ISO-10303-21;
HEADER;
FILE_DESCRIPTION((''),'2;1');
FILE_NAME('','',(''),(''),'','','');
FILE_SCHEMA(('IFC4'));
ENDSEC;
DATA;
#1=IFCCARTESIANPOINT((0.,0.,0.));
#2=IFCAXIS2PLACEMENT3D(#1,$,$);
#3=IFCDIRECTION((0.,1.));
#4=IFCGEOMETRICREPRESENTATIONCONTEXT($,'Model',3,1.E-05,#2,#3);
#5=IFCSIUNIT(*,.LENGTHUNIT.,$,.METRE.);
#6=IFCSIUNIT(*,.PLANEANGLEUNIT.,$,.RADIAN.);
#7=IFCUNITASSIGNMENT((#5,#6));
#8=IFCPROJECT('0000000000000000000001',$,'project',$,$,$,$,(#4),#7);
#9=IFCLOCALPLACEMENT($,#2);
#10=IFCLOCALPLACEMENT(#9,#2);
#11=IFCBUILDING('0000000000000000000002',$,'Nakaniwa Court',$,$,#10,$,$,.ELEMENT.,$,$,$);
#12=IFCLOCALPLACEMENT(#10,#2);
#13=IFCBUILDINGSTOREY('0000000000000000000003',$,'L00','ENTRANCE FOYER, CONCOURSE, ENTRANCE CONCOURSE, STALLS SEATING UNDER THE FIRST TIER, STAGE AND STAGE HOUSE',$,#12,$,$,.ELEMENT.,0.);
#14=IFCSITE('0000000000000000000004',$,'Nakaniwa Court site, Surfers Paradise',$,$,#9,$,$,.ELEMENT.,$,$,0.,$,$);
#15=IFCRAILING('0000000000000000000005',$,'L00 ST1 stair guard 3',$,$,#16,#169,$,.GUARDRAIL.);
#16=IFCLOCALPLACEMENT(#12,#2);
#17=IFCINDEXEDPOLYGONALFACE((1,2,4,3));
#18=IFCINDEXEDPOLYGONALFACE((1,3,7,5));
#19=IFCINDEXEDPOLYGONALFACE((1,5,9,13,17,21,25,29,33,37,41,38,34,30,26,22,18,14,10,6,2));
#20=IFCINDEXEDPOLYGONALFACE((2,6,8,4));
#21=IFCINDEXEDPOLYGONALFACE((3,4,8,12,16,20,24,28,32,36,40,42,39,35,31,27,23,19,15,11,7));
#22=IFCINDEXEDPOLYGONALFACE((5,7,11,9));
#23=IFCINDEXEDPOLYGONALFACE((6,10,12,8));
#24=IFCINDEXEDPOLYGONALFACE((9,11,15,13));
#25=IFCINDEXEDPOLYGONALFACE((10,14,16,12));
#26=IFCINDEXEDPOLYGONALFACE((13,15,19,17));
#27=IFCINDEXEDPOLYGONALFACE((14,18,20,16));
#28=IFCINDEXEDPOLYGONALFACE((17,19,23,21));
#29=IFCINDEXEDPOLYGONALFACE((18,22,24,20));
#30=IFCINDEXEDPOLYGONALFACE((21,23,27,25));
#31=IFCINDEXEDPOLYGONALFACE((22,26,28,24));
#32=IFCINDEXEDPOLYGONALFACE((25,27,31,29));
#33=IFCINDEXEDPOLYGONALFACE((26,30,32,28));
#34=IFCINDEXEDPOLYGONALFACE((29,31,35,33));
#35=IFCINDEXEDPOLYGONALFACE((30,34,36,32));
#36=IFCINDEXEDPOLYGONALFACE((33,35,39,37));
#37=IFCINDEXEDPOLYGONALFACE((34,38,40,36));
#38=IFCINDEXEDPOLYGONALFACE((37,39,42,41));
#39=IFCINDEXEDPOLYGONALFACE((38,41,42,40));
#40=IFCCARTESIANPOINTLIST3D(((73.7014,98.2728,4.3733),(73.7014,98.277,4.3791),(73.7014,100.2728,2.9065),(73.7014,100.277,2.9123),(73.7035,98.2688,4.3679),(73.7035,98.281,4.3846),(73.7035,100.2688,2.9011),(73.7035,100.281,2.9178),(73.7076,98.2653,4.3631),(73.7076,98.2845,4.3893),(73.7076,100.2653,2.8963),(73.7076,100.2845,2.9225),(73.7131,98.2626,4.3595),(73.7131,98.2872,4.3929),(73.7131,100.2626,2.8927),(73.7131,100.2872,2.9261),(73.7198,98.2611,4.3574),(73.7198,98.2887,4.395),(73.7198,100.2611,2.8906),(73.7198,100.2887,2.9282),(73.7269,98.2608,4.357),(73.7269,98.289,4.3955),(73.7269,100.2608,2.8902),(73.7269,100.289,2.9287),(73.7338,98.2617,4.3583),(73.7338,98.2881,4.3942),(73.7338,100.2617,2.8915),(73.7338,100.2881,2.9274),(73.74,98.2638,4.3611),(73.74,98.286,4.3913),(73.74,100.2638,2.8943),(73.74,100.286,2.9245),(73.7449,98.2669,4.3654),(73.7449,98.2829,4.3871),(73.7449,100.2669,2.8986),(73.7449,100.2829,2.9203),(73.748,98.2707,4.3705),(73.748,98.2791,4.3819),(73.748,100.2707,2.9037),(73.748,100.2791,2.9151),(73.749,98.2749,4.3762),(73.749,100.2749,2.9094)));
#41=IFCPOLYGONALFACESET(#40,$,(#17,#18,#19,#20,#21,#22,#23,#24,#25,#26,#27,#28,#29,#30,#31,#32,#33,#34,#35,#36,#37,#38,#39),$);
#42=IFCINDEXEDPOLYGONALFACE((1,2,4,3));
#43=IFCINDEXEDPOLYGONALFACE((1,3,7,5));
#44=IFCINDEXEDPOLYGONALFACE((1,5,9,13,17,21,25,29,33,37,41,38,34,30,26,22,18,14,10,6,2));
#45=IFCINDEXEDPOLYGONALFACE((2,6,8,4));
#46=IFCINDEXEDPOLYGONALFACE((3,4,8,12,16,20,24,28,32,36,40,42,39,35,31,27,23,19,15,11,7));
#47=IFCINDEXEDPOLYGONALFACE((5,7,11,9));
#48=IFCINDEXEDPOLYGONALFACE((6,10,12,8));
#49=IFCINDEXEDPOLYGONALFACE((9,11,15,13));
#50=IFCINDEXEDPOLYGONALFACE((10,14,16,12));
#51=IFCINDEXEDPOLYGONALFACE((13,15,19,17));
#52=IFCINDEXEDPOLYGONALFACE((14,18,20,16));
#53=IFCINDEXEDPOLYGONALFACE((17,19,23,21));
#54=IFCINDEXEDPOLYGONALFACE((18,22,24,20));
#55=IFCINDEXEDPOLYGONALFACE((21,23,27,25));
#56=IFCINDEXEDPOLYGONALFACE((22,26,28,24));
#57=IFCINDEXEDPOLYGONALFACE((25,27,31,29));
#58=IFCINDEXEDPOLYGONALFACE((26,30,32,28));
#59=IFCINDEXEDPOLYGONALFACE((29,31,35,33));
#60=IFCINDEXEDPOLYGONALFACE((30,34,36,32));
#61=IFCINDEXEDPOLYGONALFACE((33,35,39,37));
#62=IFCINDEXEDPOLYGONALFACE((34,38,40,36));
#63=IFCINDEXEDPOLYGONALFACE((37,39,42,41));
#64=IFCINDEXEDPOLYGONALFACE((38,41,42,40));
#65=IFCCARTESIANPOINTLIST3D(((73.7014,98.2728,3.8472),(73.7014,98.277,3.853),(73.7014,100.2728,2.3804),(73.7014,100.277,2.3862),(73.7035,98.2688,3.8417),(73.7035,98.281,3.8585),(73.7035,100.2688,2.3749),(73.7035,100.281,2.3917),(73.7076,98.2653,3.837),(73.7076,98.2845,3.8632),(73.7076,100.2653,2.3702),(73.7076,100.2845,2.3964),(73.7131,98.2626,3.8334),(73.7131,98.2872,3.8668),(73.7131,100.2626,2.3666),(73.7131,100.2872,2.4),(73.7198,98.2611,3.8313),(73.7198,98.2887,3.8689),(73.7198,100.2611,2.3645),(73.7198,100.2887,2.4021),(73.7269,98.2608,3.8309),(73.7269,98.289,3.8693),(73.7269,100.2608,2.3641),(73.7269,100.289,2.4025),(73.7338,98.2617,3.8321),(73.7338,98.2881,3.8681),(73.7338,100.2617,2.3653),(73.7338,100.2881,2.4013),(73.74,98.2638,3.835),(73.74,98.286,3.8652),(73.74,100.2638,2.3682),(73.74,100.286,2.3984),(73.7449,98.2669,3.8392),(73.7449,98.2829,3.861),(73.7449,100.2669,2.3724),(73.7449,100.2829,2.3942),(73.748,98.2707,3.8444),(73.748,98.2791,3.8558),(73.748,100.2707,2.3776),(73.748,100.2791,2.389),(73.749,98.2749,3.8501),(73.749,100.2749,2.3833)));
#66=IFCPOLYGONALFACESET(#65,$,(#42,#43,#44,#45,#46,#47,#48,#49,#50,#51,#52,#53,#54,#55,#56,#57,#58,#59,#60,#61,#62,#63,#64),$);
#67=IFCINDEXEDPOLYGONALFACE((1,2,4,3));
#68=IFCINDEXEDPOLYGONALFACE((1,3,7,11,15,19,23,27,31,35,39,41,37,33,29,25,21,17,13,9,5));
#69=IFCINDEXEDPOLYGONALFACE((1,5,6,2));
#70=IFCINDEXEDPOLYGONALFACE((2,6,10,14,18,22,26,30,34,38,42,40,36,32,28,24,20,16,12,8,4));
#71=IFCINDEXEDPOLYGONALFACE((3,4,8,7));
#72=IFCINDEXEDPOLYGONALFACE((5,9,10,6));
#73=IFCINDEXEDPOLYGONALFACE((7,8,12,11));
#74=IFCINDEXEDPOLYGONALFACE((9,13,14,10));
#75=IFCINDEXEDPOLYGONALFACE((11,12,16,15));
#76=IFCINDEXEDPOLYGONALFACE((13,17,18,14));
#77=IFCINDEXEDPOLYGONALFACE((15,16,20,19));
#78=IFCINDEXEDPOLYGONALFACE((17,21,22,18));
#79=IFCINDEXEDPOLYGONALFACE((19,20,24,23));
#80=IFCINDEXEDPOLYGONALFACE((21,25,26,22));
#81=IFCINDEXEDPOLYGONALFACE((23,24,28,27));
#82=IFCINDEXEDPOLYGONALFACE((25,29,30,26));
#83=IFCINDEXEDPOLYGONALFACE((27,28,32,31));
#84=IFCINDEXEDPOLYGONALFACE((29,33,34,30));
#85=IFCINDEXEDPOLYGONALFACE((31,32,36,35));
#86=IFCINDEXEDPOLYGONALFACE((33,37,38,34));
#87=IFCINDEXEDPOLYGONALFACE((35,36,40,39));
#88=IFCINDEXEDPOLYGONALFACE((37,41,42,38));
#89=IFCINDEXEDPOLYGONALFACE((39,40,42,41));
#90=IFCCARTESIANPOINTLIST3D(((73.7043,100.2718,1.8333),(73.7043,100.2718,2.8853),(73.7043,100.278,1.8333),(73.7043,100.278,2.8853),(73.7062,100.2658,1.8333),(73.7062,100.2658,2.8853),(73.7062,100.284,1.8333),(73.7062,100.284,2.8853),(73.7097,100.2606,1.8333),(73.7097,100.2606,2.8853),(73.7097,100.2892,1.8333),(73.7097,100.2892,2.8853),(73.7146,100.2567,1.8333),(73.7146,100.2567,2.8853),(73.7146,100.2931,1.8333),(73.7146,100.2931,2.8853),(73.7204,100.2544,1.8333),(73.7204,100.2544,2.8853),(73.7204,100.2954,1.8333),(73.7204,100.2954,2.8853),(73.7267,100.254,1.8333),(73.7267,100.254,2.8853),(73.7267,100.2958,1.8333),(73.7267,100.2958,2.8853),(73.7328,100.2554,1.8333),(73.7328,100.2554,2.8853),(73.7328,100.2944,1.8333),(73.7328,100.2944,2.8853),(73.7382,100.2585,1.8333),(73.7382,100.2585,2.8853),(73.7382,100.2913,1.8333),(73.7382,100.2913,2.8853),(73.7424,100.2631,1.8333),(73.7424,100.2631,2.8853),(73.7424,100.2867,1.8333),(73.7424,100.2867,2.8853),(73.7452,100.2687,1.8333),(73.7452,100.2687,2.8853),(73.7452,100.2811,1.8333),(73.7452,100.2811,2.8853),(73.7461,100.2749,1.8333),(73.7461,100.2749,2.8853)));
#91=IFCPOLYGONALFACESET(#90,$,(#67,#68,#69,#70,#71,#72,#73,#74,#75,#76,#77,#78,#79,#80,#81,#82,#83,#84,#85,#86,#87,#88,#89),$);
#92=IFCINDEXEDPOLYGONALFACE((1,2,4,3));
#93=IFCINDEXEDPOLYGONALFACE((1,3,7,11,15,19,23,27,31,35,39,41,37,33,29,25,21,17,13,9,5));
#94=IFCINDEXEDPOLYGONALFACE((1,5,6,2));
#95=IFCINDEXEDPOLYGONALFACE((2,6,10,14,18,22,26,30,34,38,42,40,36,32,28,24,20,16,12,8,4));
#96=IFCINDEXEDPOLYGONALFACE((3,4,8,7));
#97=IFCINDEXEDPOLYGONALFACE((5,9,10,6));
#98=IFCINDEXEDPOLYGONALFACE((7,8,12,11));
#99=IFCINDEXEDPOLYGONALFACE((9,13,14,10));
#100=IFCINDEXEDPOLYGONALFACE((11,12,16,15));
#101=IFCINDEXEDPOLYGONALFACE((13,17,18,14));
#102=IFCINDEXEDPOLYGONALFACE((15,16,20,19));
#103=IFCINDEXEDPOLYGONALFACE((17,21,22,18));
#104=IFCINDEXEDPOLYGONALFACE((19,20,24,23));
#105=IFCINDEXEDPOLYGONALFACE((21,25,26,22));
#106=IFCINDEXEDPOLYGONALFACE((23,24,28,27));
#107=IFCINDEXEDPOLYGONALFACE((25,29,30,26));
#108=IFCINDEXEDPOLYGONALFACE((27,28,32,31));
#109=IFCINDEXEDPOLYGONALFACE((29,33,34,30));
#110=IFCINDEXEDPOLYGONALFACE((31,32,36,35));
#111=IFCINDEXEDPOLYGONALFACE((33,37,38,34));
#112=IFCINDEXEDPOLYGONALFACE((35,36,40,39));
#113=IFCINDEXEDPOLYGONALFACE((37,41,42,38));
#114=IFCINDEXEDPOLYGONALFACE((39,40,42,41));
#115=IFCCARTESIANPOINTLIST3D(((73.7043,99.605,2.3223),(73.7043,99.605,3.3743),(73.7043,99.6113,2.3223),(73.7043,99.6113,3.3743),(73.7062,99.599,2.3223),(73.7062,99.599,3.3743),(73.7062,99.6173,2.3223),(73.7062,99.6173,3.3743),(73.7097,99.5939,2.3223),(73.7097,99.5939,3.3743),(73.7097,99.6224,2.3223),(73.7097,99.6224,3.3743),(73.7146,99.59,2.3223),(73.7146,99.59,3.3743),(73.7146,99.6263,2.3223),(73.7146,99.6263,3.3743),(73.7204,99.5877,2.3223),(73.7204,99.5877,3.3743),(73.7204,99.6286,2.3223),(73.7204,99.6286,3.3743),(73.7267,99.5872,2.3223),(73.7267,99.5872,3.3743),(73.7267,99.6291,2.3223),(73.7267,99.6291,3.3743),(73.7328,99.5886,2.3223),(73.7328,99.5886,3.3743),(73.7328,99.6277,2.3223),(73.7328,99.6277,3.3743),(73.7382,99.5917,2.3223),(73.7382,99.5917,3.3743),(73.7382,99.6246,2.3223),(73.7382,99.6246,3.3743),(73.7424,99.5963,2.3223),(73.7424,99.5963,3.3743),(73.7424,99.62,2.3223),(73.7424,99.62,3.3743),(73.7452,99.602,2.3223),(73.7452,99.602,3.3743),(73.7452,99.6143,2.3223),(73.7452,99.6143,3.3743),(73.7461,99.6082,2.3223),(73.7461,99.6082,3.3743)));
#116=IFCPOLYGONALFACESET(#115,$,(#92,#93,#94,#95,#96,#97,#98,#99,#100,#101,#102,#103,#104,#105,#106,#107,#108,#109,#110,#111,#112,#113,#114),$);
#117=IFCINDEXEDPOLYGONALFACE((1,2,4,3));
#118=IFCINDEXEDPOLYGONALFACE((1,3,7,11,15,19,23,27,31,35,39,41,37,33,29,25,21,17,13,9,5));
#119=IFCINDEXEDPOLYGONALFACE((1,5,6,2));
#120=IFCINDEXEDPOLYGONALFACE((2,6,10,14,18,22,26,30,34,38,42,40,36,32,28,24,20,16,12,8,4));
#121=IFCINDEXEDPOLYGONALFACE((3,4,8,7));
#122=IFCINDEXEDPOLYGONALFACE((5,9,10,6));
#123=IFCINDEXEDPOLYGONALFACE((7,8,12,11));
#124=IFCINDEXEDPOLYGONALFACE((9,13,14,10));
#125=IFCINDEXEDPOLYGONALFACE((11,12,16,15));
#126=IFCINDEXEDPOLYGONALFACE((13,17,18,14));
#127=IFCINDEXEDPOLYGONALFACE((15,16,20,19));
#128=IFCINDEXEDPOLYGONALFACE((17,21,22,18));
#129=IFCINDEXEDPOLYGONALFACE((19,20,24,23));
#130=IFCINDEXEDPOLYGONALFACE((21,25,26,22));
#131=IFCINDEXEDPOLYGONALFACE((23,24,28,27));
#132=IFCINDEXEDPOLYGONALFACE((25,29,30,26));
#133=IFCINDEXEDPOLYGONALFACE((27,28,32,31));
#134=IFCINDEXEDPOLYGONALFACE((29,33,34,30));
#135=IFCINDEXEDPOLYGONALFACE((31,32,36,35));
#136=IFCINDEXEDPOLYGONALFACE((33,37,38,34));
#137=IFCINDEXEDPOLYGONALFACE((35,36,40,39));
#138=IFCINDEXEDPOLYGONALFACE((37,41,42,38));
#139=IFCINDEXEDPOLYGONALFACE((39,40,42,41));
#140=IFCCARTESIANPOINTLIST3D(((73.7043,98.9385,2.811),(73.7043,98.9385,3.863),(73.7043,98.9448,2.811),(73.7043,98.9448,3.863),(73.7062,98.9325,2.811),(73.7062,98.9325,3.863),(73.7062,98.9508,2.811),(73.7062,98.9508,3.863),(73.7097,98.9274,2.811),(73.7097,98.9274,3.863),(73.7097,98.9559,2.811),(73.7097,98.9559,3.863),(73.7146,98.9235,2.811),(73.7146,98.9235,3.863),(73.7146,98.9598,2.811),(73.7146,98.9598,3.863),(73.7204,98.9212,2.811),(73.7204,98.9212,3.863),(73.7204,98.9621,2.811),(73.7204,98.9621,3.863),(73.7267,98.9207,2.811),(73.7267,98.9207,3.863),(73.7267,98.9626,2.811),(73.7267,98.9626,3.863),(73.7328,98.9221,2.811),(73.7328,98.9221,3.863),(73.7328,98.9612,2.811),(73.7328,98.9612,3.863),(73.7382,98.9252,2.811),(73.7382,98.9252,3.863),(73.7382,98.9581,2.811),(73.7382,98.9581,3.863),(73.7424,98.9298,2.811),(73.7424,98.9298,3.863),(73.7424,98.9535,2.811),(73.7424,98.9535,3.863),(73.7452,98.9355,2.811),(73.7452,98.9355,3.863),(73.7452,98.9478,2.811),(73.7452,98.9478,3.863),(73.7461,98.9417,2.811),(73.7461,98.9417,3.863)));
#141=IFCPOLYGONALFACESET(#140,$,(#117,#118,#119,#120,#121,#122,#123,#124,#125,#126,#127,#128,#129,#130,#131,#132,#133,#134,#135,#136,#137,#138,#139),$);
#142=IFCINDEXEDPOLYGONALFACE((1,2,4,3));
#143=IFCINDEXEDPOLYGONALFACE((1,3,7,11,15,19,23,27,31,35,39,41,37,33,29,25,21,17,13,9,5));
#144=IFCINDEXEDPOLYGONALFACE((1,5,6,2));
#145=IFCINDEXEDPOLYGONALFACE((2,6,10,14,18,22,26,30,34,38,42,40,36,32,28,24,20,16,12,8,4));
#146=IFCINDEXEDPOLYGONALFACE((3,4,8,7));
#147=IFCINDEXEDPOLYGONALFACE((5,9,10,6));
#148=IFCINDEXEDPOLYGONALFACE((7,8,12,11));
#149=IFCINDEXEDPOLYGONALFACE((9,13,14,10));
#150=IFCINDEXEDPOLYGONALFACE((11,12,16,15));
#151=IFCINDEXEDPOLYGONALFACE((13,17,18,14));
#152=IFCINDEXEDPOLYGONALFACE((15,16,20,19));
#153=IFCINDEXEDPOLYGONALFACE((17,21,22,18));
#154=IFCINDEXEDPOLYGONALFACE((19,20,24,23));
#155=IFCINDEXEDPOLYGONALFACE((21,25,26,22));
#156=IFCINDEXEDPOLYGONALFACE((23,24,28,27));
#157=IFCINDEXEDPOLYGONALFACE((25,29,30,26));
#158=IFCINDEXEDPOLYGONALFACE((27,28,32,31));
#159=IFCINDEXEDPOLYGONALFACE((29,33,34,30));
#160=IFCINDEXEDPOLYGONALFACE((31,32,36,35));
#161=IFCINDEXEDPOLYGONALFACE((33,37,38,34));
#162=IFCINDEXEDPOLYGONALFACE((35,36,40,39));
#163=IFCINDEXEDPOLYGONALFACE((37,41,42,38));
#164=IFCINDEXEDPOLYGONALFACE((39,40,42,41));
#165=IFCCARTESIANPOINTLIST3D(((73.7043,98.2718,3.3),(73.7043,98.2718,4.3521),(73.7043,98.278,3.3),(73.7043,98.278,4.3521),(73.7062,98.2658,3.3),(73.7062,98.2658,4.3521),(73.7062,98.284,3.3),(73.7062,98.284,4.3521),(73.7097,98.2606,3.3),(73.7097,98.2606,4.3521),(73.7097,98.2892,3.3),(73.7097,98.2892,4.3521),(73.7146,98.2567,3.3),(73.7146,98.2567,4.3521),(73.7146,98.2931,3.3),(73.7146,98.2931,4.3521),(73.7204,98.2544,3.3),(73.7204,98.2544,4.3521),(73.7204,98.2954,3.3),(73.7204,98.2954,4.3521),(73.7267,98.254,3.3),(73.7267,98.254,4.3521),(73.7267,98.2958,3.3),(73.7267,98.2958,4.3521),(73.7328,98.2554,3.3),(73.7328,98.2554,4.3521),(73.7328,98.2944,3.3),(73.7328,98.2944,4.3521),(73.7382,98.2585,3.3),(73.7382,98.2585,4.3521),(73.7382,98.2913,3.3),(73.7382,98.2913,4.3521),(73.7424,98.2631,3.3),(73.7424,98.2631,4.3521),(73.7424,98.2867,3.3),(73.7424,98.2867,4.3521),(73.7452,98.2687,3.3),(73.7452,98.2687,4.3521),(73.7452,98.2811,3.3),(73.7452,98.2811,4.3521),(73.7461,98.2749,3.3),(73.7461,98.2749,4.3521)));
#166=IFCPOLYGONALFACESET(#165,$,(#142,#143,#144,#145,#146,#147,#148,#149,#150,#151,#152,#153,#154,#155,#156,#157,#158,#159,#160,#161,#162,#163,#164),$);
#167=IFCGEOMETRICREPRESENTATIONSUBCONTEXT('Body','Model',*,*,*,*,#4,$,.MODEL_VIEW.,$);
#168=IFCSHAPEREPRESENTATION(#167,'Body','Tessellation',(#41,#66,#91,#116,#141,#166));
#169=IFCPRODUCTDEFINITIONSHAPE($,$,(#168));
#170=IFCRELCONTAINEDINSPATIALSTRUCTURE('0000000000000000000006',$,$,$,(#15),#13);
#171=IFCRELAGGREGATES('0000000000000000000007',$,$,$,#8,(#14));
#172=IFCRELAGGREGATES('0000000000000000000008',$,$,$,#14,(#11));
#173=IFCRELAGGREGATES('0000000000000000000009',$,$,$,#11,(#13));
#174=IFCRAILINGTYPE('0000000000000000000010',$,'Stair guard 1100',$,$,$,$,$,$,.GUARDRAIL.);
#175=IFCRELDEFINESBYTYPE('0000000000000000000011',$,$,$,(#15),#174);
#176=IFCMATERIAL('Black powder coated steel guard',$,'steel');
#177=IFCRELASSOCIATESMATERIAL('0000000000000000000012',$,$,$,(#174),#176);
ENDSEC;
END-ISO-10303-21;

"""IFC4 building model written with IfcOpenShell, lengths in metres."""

from ifc_helpers import new_model, si_unit, direction, frame, origin, origin_2d, place, context, subcontext, project, spatial, circle, extrude, material, type_object, element, save


model = new_model("IFC4")

# Units and contexts
model_context = context("Model", 3, precision=1e-05, world=origin(), true_north=direction((0.0, 1.0)))
body_context = subcontext(model_context, "Body", "Model", "MODEL_VIEW")
ifc_project = project(units=[si_unit("LENGTHUNIT", "METRE"), si_unit("PLANEANGLEUNIT", "RADIAN")], contexts=[model_context])

# Site, building, storey
site_placement = place(None, origin())
site = spatial("IfcSite", under=ifc_project, at=site_placement, Name="Nakaniwa Court site, Surfers Paradise", CompositionType="ELEMENT", RefElevation=0.0)
building_placement = place(site_placement, origin())
building = spatial("IfcBuilding", under=site, at=building_placement, Name="Nakaniwa Court", CompositionType="ELEMENT")
storey_placement = place(building_placement, origin())
storey = spatial("IfcBuildingStorey", under=building, at=storey_placement, Name="L00", Description="ENTRANCE FOYER, CONCOURSE, ENTRANCE CONCOURSE, STALLS SEATING UNDER THE FIRST TIER, STAGE AND STAGE HOUSE", CompositionType="ELEMENT", Elevation=0.0)

# Railing
ifc_material_1 = material(Name="Black powder coated steel guard", Category="steel")
railing_type_1 = type_object("IfcRailingType", Name="Stair guard 1100", PredefinedType="GUARDRAIL", material=ifc_material_1)
railing_1_placement = place(storey_placement, frame((73.7251, 100.2749, 1.8333)))
element("IfcRailing", 1, at=railing_1_placement, inside=storey, type_object=railing_type_1, Name="L00 ST1 stair guard 3", PredefinedType="GUARDRAIL", context=body_context, shape_type="SweptSolid", body=[
    extrude(circle(Radius=0.0239, at=origin_2d()), frame((0.0, 0.0, 1.0762), z_axis=(0.0, -0.80638, 0.591398), x_axis=(1.0, 0.0, 0.0)), (0.0, 0.0, 1.0), 2.4802),
    extrude(circle(Radius=0.0239, at=origin_2d()), frame((0.0, 0.0, 0.55), z_axis=(0.0, -0.80638, 0.591398), x_axis=(1.0, 0.0, 0.0)), (0.0, 0.0, 1.0), 2.4802),
    extrude(circle(Radius=0.021, at=origin_2d()), origin(), (0.0, 0.0, 1.0), 1.052),
    extrude(circle(Radius=0.021, at=origin_2d()), frame((0.0, -0.6667, 0.489)), (0.0, 0.0, 1.0), 1.052),
    extrude(circle(Radius=0.021, at=origin_2d()), frame((0.0, -1.3333, 0.9778)), (0.0, 0.0, 1.0), 1.052),
    extrude(circle(Radius=0.021, at=origin_2d()), frame((0.0, -2.0, 1.4668)), (0.0, 0.0, 1.0), 1.052),
])

save(model, "model.ifc")
